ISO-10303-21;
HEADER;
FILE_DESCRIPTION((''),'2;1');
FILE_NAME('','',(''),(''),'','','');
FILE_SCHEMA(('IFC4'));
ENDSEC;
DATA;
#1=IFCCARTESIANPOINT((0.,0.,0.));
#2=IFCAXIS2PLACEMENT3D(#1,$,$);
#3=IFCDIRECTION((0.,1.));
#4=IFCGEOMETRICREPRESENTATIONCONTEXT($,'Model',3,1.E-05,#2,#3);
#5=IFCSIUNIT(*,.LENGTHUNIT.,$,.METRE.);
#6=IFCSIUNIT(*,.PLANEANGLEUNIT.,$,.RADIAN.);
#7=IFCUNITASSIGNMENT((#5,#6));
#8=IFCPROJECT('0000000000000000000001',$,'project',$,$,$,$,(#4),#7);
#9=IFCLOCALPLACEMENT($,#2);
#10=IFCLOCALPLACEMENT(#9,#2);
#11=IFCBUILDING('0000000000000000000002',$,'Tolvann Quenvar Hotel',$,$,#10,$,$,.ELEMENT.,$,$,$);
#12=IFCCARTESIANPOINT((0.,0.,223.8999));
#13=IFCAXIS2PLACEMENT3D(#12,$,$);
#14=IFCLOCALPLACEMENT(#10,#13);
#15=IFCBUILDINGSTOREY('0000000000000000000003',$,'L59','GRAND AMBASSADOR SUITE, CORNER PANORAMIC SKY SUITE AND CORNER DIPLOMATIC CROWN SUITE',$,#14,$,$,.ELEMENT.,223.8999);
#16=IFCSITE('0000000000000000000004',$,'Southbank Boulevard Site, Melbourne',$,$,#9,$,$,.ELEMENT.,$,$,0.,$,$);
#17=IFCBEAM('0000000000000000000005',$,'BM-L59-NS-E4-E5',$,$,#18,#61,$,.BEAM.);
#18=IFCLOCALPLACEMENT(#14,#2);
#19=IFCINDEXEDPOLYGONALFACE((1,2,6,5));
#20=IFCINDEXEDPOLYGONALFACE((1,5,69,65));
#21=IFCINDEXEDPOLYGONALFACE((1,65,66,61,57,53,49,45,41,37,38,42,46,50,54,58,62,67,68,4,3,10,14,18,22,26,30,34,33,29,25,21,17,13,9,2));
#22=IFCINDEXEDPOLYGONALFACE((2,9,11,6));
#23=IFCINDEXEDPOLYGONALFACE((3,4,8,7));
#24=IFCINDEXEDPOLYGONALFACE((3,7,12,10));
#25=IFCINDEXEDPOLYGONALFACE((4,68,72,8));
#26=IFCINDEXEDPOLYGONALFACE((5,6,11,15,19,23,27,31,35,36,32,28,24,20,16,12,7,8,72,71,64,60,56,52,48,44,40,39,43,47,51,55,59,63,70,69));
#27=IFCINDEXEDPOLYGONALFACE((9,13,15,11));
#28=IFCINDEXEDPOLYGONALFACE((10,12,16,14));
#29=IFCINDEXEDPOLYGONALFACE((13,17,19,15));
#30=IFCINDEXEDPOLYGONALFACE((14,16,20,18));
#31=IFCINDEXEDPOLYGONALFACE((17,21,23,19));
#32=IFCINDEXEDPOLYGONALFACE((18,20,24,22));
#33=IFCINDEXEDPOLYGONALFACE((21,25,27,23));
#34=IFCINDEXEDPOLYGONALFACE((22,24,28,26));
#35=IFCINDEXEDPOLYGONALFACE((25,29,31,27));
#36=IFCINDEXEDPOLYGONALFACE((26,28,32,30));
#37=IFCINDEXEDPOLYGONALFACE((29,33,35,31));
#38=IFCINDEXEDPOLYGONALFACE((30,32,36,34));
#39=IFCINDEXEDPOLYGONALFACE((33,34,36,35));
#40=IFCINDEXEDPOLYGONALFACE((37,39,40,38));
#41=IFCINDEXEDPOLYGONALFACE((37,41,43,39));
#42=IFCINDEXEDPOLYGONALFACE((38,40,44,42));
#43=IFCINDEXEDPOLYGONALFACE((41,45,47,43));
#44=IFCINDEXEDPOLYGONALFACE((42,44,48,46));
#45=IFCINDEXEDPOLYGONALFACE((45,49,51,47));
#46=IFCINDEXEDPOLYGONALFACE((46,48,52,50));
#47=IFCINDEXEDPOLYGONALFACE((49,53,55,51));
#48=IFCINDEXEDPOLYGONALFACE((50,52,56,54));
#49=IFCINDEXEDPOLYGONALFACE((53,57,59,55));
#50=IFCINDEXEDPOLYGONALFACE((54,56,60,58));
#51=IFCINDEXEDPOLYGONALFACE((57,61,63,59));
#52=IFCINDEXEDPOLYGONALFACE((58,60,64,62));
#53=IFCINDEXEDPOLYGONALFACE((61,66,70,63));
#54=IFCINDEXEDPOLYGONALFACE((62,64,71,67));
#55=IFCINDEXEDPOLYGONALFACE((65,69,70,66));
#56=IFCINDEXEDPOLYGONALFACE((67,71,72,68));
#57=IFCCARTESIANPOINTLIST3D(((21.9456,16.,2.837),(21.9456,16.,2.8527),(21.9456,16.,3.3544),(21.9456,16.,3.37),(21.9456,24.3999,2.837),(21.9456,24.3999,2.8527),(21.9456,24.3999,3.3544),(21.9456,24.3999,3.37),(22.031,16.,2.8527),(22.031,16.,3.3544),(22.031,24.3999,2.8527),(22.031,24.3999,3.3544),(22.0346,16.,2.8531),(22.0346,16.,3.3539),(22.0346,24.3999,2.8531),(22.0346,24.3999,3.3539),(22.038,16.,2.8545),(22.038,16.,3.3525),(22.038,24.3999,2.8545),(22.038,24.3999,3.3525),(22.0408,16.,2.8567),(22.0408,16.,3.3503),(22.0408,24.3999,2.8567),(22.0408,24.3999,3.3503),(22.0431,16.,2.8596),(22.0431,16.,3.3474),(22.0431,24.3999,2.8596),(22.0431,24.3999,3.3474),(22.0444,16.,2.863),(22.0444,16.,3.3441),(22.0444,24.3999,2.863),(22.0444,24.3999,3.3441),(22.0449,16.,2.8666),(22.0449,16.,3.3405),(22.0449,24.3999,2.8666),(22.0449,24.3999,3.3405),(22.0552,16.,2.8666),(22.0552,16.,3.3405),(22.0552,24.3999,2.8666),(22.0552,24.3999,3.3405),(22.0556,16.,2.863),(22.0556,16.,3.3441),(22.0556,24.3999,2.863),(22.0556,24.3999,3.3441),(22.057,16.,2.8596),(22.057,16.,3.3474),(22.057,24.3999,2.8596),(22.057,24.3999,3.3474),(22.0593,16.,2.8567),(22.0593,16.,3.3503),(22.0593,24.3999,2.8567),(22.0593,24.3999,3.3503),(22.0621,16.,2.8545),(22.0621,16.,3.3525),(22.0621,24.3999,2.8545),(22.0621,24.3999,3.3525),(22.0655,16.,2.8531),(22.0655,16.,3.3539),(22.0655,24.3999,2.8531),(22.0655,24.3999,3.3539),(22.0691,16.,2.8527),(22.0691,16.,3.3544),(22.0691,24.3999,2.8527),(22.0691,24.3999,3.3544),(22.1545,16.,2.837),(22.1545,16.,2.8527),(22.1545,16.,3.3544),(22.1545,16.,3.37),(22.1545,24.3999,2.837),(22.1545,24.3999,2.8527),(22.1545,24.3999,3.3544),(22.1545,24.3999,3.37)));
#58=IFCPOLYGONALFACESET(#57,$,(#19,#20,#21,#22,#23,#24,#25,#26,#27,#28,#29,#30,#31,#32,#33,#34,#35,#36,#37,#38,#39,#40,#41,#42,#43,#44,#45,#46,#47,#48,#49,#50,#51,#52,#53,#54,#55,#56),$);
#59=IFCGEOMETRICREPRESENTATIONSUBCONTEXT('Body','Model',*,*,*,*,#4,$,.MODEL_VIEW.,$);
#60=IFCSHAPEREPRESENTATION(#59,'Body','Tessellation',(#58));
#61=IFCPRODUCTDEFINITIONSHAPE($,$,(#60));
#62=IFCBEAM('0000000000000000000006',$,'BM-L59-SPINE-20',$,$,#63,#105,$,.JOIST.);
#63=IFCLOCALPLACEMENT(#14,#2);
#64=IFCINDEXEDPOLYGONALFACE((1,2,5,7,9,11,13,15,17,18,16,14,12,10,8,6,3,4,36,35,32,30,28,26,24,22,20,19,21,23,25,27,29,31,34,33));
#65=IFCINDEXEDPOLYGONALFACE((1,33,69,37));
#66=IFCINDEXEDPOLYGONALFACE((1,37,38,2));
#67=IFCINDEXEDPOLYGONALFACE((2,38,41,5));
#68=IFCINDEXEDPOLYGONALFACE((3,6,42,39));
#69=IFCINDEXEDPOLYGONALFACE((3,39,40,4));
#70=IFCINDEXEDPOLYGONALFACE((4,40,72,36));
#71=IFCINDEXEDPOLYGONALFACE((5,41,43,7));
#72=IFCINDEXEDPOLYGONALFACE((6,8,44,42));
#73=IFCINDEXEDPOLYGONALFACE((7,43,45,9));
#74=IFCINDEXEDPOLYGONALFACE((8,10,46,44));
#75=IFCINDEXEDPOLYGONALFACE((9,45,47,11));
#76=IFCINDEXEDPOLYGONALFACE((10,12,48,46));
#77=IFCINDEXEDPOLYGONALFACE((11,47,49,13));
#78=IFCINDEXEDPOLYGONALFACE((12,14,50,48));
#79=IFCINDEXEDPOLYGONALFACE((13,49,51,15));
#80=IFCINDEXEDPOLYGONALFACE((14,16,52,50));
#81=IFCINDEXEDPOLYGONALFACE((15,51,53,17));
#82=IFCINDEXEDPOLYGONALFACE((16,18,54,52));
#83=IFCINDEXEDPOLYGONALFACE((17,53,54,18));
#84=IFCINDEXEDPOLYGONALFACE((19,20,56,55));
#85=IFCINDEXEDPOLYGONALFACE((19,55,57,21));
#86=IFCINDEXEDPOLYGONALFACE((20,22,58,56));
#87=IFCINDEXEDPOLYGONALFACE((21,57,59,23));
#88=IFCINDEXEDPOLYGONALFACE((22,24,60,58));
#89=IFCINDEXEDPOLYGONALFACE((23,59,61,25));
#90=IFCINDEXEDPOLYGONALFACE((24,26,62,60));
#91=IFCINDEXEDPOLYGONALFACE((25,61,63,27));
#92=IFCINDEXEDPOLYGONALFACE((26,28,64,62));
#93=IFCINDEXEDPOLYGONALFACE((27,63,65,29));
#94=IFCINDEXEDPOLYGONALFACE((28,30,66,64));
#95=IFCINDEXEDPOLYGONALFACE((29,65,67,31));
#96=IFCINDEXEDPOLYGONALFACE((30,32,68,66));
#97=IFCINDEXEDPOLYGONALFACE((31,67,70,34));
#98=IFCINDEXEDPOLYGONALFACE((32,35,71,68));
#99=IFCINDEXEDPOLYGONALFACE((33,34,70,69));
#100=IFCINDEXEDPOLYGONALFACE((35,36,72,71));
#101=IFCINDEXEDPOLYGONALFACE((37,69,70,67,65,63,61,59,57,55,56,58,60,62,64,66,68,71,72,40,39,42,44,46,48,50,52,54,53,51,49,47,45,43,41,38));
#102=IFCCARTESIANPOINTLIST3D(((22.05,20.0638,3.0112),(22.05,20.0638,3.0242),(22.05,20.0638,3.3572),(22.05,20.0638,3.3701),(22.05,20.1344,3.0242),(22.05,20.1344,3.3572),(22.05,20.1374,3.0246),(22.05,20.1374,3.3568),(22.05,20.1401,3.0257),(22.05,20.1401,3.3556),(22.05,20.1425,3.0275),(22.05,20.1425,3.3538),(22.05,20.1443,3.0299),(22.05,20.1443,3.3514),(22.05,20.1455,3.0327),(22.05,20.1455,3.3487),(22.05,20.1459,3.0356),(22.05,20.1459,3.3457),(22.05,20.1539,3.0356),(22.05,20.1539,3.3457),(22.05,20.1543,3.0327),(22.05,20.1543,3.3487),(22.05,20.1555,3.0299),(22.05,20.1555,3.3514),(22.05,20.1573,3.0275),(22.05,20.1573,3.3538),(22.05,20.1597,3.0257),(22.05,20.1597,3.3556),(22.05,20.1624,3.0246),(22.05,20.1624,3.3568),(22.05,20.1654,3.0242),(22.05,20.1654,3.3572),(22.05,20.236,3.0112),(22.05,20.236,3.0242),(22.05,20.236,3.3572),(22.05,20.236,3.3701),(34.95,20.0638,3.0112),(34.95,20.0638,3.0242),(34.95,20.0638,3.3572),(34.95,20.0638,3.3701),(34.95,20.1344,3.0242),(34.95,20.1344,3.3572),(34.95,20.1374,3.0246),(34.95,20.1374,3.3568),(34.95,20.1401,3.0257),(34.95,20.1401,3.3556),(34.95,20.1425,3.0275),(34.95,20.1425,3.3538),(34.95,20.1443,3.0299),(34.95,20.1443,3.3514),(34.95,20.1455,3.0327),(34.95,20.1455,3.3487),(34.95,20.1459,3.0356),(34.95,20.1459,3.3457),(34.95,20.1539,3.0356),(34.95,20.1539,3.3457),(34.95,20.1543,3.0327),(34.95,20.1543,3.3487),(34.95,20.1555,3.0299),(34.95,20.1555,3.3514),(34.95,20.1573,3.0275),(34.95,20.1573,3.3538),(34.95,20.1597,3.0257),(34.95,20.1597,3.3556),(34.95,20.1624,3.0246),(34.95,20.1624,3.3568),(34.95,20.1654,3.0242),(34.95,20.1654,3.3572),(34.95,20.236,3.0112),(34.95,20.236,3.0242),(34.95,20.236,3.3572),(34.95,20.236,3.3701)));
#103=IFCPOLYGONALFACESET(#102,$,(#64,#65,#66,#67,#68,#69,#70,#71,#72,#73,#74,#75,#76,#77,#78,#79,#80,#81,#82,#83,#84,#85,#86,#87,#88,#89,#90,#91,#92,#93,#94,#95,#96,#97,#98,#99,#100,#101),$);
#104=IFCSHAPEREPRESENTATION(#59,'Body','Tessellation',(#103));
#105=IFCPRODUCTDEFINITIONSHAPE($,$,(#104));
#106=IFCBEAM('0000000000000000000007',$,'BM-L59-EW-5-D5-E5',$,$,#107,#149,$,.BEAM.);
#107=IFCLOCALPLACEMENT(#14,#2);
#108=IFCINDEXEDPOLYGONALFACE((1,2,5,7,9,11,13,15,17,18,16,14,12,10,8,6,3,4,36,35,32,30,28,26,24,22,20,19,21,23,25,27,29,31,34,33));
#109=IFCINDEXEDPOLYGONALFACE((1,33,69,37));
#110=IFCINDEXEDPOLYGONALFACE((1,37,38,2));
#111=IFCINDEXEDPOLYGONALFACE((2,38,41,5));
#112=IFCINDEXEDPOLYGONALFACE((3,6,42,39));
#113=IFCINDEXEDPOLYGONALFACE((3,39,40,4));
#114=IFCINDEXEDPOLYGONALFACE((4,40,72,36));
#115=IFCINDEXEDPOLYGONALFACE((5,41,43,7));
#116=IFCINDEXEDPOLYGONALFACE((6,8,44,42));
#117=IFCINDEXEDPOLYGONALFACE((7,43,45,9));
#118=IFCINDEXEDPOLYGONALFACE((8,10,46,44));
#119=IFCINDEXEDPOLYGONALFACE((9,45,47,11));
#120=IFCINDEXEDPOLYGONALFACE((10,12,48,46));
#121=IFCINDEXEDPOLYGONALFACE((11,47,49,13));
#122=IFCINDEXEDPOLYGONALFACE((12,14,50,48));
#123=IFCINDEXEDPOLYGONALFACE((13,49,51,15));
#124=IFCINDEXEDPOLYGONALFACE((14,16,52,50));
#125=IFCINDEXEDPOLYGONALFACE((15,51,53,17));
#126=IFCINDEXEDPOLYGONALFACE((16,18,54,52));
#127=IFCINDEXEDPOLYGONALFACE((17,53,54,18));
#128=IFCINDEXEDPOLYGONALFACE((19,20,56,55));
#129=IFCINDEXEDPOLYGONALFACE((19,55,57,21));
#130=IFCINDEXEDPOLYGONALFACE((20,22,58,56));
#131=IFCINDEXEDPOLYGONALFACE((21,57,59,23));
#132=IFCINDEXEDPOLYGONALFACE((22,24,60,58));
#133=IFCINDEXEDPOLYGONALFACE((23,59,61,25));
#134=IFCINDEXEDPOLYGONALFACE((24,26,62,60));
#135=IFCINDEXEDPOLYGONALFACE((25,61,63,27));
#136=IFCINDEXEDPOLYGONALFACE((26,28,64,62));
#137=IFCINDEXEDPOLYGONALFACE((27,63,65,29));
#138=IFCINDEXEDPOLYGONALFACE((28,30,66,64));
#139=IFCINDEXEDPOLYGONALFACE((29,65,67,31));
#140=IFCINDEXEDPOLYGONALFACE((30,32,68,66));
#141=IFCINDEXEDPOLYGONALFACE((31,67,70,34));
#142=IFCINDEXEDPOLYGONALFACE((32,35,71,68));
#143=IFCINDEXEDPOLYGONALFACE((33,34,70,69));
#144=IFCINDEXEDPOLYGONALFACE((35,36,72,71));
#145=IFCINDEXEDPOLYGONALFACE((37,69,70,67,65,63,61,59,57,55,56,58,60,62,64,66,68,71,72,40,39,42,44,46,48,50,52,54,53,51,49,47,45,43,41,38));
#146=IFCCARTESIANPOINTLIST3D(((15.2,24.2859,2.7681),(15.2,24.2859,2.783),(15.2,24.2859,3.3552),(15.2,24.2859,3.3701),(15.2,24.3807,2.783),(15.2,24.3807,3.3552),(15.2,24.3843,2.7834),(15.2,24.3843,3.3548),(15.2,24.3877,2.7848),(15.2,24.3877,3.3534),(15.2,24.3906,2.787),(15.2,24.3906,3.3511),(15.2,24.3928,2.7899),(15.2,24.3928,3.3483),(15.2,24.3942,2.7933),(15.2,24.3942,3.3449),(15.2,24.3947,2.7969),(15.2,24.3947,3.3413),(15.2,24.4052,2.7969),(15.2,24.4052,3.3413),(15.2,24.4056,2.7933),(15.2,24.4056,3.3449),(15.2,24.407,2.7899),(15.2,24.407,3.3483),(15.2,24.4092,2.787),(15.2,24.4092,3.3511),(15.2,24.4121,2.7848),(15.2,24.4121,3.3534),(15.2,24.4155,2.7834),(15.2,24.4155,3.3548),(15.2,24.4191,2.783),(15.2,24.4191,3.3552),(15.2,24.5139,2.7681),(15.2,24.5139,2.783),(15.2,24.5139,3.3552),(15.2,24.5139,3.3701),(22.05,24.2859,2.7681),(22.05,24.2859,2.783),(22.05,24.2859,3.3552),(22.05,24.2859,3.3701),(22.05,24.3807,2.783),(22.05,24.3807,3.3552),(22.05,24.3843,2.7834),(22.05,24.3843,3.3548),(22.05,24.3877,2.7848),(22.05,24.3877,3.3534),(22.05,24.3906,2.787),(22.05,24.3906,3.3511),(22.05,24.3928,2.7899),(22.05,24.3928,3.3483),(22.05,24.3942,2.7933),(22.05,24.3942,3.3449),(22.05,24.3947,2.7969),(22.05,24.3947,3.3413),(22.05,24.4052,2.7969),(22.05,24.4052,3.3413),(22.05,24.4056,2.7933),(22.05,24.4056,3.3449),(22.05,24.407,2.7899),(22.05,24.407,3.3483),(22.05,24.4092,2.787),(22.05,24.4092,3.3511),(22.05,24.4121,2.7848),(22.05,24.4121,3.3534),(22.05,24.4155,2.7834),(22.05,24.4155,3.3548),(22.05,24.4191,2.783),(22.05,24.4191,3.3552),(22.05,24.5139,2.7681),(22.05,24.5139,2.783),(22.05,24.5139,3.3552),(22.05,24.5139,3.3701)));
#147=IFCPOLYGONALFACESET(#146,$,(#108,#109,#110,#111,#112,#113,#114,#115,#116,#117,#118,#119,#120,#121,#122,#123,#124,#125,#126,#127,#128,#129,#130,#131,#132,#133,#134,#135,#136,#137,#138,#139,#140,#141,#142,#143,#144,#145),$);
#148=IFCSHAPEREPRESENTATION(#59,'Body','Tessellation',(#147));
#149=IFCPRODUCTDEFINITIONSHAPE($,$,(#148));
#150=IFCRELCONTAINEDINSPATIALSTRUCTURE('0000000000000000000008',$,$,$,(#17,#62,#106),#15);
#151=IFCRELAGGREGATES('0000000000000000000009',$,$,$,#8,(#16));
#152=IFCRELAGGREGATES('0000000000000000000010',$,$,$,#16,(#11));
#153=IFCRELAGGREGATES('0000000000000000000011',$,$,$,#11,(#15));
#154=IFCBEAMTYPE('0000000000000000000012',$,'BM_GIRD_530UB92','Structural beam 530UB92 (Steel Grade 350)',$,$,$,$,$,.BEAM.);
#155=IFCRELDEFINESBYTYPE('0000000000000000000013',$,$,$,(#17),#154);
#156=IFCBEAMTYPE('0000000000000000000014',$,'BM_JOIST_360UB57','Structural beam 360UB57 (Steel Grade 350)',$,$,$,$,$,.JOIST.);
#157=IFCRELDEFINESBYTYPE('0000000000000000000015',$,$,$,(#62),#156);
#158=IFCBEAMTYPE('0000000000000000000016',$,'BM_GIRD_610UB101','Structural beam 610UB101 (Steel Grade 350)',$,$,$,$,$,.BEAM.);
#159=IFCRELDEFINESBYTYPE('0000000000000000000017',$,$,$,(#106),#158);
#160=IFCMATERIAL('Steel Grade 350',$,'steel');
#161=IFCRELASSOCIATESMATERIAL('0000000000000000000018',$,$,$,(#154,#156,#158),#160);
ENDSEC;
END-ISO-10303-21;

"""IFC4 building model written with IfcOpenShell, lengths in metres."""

from ifc_helpers import new_model, si_unit, direction, frame, origin, origin_2d, place, context, subcontext, project, spatial, i_section, extrude, source, transform, mapped, material, material_profile, profile_set, type_object, type_shapes, element, save


model = new_model("IFC4")

# Units and contexts
model_context = context("Model", 3, precision=1e-05, world=origin(), true_north=direction((0.0, 1.0)))
body_context = subcontext(model_context, "Body", "Model", "MODEL_VIEW")
ifc_project = project(units=[si_unit("LENGTHUNIT", "METRE"), si_unit("PLANEANGLEUNIT", "RADIAN")], contexts=[model_context])

# Site, building, storey
site_placement = place(None, origin())
site = spatial("IfcSite", under=ifc_project, at=site_placement, Name="Southbank Boulevard Site, Melbourne", CompositionType="ELEMENT", RefElevation=0.0)
building_placement = place(site_placement, origin())
building = spatial("IfcBuilding", under=site, at=building_placement, Name="Tolvann Quenvar Hotel", CompositionType="ELEMENT")
storey_placement = place(building_placement, frame((0.0, 0.0, 223.8999)))
storey = spatial("IfcBuildingStorey", under=building, at=storey_placement, Name="L59", Description="GRAND AMBASSADOR SUITE, CORNER PANORAMIC SKY SUITE AND CORNER DIPLOMATIC CROWN SUITE", CompositionType="ELEMENT", Elevation=223.8999)

# Shared definitions
ifc_material_1 = material(Name="Steel Grade 350", Category="steel")

# Beams
ifc_material_profile_1 = material_profile(ifc_material_1, i_section(OverallWidth=0.209, OverallDepth=0.533, WebThickness=0.0103, FlangeThickness=0.0156, FilletRadius=0.0139, at=origin_2d()), Name="530UB92")
ifc_profile_set_1 = profile_set([ifc_material_profile_1], Name="Steel Grade 350")
beam_type_1 = type_object("IfcBeamType", Name="BM_GIRD_530UB92", Description="Structural beam 530UB92 (Steel Grade 350)", PredefinedType="BEAM", material=ifc_profile_set_1)
shared_shape_1 = source(origin(), body_context, "Body", "SweptSolid", [
    extrude(i_section(OverallWidth=0.209, OverallDepth=0.533, WebThickness=0.0103, FlangeThickness=0.0156, FilletRadius=0.0139, at=origin_2d()), origin(), (0.0, 0.0, 1.0), 8.3999),
])
type_shapes(beam_type_1, [shared_shape_1])
for number, where, z_axis, x_axis, name in (
    (1, (22.05, 16.0, 3.1035), (0.0, 1.0, 0.0), (-1.0, 0.0, 0.0), "BM-L59-NS-E4-E5"),
):
    element("IfcBeam", number, at=place(storey_placement, frame(where, z_axis=z_axis, x_axis=x_axis)), inside=storey, type_object=beam_type_1, Name=name, PredefinedType="BEAM", context=body_context, shape_type="MappedRepresentation", body=[
        mapped(shared_shape_1, transform((0.0, 0.0, 0.0), x_axis=(1.0, 0.0, 0.0), y_axis=(0.0, 1.0, 0.0), z_axis=(0.0, 0.0, 1.0), scale=1.0)),
    ])
ifc_material_profile_2 = material_profile(ifc_material_1, i_section(OverallWidth=0.1721, OverallDepth=0.3589, WebThickness=0.0081, FlangeThickness=0.0129, FilletRadius=0.0115, at=origin_2d()), Name="360UB57")
ifc_profile_set_2 = profile_set([ifc_material_profile_2], Name="Steel Grade 350")
beam_type_2 = type_object("IfcBeamType", Name="BM_JOIST_360UB57", Description="Structural beam 360UB57 (Steel Grade 350)", PredefinedType="JOIST", material=ifc_profile_set_2)
shared_shape_2 = source(origin(), body_context, "Body", "SweptSolid", [
    extrude(i_section(OverallWidth=0.1721, OverallDepth=0.3589, WebThickness=0.0081, FlangeThickness=0.0129, FilletRadius=0.0115, at=origin_2d()), origin(), (0.0, 0.0, 1.0), 12.8999),
])
type_shapes(beam_type_2, [shared_shape_2])
beam_1_placement = place(storey_placement, frame((22.05, 20.1499, 3.1907), z_axis=(1.0, 0.0, 0.0), x_axis=(0.0, 1.0, 0.0)))
element("IfcBeam", 2, at=beam_1_placement, inside=storey, type_object=beam_type_2, Name="BM-L59-SPINE-20", PredefinedType="JOIST", context=body_context, shape_type="MappedRepresentation", body=[
    mapped(shared_shape_2, transform((0.0, 0.0, 0.0), x_axis=(1.0, 0.0, 0.0), y_axis=(0.0, 1.0, 0.0), z_axis=(0.0, 0.0, 1.0), scale=1.0)),
])
ifc_material_profile_3 = material_profile(ifc_material_1, i_section(OverallWidth=0.228, OverallDepth=0.6021, WebThickness=0.0105, FlangeThickness=0.0149, FilletRadius=0.0139, at=origin_2d()), Name="610UB101")
ifc_profile_set_3 = profile_set([ifc_material_profile_3], Name="Steel Grade 350")
beam_type_3 = type_object("IfcBeamType", Name="BM_GIRD_610UB101", Description="Structural beam 610UB101 (Steel Grade 350)", PredefinedType="BEAM", material=ifc_profile_set_3)
shared_shape_3 = source(origin(), body_context, "Body", "SweptSolid", [
    extrude(i_section(OverallWidth=0.228, OverallDepth=0.6021, WebThickness=0.0105, FlangeThickness=0.0149, FilletRadius=0.0139, at=origin_2d()), origin(), (0.0, 0.0, 1.0), 6.8501),
])
beam_2_placement = place(storey_placement, frame((15.2, 24.3999, 3.0691), z_axis=(1.0, 0.0, 0.0), x_axis=(0.0, 1.0, 0.0)))
element("IfcBeam", 3, at=beam_2_placement, inside=storey, type_object=beam_type_3, Name="BM-L59-EW-5-D5-E5", PredefinedType="BEAM", context=body_context, shape_type="MappedRepresentation", body=[
    mapped(shared_shape_3, transform((0.0, 0.0, 0.0), x_axis=(1.0, 0.0, 0.0), y_axis=(0.0, 1.0, 0.0), z_axis=(0.0, 0.0, 1.0), scale=1.0)),
])

save(model, "model.ifc")
